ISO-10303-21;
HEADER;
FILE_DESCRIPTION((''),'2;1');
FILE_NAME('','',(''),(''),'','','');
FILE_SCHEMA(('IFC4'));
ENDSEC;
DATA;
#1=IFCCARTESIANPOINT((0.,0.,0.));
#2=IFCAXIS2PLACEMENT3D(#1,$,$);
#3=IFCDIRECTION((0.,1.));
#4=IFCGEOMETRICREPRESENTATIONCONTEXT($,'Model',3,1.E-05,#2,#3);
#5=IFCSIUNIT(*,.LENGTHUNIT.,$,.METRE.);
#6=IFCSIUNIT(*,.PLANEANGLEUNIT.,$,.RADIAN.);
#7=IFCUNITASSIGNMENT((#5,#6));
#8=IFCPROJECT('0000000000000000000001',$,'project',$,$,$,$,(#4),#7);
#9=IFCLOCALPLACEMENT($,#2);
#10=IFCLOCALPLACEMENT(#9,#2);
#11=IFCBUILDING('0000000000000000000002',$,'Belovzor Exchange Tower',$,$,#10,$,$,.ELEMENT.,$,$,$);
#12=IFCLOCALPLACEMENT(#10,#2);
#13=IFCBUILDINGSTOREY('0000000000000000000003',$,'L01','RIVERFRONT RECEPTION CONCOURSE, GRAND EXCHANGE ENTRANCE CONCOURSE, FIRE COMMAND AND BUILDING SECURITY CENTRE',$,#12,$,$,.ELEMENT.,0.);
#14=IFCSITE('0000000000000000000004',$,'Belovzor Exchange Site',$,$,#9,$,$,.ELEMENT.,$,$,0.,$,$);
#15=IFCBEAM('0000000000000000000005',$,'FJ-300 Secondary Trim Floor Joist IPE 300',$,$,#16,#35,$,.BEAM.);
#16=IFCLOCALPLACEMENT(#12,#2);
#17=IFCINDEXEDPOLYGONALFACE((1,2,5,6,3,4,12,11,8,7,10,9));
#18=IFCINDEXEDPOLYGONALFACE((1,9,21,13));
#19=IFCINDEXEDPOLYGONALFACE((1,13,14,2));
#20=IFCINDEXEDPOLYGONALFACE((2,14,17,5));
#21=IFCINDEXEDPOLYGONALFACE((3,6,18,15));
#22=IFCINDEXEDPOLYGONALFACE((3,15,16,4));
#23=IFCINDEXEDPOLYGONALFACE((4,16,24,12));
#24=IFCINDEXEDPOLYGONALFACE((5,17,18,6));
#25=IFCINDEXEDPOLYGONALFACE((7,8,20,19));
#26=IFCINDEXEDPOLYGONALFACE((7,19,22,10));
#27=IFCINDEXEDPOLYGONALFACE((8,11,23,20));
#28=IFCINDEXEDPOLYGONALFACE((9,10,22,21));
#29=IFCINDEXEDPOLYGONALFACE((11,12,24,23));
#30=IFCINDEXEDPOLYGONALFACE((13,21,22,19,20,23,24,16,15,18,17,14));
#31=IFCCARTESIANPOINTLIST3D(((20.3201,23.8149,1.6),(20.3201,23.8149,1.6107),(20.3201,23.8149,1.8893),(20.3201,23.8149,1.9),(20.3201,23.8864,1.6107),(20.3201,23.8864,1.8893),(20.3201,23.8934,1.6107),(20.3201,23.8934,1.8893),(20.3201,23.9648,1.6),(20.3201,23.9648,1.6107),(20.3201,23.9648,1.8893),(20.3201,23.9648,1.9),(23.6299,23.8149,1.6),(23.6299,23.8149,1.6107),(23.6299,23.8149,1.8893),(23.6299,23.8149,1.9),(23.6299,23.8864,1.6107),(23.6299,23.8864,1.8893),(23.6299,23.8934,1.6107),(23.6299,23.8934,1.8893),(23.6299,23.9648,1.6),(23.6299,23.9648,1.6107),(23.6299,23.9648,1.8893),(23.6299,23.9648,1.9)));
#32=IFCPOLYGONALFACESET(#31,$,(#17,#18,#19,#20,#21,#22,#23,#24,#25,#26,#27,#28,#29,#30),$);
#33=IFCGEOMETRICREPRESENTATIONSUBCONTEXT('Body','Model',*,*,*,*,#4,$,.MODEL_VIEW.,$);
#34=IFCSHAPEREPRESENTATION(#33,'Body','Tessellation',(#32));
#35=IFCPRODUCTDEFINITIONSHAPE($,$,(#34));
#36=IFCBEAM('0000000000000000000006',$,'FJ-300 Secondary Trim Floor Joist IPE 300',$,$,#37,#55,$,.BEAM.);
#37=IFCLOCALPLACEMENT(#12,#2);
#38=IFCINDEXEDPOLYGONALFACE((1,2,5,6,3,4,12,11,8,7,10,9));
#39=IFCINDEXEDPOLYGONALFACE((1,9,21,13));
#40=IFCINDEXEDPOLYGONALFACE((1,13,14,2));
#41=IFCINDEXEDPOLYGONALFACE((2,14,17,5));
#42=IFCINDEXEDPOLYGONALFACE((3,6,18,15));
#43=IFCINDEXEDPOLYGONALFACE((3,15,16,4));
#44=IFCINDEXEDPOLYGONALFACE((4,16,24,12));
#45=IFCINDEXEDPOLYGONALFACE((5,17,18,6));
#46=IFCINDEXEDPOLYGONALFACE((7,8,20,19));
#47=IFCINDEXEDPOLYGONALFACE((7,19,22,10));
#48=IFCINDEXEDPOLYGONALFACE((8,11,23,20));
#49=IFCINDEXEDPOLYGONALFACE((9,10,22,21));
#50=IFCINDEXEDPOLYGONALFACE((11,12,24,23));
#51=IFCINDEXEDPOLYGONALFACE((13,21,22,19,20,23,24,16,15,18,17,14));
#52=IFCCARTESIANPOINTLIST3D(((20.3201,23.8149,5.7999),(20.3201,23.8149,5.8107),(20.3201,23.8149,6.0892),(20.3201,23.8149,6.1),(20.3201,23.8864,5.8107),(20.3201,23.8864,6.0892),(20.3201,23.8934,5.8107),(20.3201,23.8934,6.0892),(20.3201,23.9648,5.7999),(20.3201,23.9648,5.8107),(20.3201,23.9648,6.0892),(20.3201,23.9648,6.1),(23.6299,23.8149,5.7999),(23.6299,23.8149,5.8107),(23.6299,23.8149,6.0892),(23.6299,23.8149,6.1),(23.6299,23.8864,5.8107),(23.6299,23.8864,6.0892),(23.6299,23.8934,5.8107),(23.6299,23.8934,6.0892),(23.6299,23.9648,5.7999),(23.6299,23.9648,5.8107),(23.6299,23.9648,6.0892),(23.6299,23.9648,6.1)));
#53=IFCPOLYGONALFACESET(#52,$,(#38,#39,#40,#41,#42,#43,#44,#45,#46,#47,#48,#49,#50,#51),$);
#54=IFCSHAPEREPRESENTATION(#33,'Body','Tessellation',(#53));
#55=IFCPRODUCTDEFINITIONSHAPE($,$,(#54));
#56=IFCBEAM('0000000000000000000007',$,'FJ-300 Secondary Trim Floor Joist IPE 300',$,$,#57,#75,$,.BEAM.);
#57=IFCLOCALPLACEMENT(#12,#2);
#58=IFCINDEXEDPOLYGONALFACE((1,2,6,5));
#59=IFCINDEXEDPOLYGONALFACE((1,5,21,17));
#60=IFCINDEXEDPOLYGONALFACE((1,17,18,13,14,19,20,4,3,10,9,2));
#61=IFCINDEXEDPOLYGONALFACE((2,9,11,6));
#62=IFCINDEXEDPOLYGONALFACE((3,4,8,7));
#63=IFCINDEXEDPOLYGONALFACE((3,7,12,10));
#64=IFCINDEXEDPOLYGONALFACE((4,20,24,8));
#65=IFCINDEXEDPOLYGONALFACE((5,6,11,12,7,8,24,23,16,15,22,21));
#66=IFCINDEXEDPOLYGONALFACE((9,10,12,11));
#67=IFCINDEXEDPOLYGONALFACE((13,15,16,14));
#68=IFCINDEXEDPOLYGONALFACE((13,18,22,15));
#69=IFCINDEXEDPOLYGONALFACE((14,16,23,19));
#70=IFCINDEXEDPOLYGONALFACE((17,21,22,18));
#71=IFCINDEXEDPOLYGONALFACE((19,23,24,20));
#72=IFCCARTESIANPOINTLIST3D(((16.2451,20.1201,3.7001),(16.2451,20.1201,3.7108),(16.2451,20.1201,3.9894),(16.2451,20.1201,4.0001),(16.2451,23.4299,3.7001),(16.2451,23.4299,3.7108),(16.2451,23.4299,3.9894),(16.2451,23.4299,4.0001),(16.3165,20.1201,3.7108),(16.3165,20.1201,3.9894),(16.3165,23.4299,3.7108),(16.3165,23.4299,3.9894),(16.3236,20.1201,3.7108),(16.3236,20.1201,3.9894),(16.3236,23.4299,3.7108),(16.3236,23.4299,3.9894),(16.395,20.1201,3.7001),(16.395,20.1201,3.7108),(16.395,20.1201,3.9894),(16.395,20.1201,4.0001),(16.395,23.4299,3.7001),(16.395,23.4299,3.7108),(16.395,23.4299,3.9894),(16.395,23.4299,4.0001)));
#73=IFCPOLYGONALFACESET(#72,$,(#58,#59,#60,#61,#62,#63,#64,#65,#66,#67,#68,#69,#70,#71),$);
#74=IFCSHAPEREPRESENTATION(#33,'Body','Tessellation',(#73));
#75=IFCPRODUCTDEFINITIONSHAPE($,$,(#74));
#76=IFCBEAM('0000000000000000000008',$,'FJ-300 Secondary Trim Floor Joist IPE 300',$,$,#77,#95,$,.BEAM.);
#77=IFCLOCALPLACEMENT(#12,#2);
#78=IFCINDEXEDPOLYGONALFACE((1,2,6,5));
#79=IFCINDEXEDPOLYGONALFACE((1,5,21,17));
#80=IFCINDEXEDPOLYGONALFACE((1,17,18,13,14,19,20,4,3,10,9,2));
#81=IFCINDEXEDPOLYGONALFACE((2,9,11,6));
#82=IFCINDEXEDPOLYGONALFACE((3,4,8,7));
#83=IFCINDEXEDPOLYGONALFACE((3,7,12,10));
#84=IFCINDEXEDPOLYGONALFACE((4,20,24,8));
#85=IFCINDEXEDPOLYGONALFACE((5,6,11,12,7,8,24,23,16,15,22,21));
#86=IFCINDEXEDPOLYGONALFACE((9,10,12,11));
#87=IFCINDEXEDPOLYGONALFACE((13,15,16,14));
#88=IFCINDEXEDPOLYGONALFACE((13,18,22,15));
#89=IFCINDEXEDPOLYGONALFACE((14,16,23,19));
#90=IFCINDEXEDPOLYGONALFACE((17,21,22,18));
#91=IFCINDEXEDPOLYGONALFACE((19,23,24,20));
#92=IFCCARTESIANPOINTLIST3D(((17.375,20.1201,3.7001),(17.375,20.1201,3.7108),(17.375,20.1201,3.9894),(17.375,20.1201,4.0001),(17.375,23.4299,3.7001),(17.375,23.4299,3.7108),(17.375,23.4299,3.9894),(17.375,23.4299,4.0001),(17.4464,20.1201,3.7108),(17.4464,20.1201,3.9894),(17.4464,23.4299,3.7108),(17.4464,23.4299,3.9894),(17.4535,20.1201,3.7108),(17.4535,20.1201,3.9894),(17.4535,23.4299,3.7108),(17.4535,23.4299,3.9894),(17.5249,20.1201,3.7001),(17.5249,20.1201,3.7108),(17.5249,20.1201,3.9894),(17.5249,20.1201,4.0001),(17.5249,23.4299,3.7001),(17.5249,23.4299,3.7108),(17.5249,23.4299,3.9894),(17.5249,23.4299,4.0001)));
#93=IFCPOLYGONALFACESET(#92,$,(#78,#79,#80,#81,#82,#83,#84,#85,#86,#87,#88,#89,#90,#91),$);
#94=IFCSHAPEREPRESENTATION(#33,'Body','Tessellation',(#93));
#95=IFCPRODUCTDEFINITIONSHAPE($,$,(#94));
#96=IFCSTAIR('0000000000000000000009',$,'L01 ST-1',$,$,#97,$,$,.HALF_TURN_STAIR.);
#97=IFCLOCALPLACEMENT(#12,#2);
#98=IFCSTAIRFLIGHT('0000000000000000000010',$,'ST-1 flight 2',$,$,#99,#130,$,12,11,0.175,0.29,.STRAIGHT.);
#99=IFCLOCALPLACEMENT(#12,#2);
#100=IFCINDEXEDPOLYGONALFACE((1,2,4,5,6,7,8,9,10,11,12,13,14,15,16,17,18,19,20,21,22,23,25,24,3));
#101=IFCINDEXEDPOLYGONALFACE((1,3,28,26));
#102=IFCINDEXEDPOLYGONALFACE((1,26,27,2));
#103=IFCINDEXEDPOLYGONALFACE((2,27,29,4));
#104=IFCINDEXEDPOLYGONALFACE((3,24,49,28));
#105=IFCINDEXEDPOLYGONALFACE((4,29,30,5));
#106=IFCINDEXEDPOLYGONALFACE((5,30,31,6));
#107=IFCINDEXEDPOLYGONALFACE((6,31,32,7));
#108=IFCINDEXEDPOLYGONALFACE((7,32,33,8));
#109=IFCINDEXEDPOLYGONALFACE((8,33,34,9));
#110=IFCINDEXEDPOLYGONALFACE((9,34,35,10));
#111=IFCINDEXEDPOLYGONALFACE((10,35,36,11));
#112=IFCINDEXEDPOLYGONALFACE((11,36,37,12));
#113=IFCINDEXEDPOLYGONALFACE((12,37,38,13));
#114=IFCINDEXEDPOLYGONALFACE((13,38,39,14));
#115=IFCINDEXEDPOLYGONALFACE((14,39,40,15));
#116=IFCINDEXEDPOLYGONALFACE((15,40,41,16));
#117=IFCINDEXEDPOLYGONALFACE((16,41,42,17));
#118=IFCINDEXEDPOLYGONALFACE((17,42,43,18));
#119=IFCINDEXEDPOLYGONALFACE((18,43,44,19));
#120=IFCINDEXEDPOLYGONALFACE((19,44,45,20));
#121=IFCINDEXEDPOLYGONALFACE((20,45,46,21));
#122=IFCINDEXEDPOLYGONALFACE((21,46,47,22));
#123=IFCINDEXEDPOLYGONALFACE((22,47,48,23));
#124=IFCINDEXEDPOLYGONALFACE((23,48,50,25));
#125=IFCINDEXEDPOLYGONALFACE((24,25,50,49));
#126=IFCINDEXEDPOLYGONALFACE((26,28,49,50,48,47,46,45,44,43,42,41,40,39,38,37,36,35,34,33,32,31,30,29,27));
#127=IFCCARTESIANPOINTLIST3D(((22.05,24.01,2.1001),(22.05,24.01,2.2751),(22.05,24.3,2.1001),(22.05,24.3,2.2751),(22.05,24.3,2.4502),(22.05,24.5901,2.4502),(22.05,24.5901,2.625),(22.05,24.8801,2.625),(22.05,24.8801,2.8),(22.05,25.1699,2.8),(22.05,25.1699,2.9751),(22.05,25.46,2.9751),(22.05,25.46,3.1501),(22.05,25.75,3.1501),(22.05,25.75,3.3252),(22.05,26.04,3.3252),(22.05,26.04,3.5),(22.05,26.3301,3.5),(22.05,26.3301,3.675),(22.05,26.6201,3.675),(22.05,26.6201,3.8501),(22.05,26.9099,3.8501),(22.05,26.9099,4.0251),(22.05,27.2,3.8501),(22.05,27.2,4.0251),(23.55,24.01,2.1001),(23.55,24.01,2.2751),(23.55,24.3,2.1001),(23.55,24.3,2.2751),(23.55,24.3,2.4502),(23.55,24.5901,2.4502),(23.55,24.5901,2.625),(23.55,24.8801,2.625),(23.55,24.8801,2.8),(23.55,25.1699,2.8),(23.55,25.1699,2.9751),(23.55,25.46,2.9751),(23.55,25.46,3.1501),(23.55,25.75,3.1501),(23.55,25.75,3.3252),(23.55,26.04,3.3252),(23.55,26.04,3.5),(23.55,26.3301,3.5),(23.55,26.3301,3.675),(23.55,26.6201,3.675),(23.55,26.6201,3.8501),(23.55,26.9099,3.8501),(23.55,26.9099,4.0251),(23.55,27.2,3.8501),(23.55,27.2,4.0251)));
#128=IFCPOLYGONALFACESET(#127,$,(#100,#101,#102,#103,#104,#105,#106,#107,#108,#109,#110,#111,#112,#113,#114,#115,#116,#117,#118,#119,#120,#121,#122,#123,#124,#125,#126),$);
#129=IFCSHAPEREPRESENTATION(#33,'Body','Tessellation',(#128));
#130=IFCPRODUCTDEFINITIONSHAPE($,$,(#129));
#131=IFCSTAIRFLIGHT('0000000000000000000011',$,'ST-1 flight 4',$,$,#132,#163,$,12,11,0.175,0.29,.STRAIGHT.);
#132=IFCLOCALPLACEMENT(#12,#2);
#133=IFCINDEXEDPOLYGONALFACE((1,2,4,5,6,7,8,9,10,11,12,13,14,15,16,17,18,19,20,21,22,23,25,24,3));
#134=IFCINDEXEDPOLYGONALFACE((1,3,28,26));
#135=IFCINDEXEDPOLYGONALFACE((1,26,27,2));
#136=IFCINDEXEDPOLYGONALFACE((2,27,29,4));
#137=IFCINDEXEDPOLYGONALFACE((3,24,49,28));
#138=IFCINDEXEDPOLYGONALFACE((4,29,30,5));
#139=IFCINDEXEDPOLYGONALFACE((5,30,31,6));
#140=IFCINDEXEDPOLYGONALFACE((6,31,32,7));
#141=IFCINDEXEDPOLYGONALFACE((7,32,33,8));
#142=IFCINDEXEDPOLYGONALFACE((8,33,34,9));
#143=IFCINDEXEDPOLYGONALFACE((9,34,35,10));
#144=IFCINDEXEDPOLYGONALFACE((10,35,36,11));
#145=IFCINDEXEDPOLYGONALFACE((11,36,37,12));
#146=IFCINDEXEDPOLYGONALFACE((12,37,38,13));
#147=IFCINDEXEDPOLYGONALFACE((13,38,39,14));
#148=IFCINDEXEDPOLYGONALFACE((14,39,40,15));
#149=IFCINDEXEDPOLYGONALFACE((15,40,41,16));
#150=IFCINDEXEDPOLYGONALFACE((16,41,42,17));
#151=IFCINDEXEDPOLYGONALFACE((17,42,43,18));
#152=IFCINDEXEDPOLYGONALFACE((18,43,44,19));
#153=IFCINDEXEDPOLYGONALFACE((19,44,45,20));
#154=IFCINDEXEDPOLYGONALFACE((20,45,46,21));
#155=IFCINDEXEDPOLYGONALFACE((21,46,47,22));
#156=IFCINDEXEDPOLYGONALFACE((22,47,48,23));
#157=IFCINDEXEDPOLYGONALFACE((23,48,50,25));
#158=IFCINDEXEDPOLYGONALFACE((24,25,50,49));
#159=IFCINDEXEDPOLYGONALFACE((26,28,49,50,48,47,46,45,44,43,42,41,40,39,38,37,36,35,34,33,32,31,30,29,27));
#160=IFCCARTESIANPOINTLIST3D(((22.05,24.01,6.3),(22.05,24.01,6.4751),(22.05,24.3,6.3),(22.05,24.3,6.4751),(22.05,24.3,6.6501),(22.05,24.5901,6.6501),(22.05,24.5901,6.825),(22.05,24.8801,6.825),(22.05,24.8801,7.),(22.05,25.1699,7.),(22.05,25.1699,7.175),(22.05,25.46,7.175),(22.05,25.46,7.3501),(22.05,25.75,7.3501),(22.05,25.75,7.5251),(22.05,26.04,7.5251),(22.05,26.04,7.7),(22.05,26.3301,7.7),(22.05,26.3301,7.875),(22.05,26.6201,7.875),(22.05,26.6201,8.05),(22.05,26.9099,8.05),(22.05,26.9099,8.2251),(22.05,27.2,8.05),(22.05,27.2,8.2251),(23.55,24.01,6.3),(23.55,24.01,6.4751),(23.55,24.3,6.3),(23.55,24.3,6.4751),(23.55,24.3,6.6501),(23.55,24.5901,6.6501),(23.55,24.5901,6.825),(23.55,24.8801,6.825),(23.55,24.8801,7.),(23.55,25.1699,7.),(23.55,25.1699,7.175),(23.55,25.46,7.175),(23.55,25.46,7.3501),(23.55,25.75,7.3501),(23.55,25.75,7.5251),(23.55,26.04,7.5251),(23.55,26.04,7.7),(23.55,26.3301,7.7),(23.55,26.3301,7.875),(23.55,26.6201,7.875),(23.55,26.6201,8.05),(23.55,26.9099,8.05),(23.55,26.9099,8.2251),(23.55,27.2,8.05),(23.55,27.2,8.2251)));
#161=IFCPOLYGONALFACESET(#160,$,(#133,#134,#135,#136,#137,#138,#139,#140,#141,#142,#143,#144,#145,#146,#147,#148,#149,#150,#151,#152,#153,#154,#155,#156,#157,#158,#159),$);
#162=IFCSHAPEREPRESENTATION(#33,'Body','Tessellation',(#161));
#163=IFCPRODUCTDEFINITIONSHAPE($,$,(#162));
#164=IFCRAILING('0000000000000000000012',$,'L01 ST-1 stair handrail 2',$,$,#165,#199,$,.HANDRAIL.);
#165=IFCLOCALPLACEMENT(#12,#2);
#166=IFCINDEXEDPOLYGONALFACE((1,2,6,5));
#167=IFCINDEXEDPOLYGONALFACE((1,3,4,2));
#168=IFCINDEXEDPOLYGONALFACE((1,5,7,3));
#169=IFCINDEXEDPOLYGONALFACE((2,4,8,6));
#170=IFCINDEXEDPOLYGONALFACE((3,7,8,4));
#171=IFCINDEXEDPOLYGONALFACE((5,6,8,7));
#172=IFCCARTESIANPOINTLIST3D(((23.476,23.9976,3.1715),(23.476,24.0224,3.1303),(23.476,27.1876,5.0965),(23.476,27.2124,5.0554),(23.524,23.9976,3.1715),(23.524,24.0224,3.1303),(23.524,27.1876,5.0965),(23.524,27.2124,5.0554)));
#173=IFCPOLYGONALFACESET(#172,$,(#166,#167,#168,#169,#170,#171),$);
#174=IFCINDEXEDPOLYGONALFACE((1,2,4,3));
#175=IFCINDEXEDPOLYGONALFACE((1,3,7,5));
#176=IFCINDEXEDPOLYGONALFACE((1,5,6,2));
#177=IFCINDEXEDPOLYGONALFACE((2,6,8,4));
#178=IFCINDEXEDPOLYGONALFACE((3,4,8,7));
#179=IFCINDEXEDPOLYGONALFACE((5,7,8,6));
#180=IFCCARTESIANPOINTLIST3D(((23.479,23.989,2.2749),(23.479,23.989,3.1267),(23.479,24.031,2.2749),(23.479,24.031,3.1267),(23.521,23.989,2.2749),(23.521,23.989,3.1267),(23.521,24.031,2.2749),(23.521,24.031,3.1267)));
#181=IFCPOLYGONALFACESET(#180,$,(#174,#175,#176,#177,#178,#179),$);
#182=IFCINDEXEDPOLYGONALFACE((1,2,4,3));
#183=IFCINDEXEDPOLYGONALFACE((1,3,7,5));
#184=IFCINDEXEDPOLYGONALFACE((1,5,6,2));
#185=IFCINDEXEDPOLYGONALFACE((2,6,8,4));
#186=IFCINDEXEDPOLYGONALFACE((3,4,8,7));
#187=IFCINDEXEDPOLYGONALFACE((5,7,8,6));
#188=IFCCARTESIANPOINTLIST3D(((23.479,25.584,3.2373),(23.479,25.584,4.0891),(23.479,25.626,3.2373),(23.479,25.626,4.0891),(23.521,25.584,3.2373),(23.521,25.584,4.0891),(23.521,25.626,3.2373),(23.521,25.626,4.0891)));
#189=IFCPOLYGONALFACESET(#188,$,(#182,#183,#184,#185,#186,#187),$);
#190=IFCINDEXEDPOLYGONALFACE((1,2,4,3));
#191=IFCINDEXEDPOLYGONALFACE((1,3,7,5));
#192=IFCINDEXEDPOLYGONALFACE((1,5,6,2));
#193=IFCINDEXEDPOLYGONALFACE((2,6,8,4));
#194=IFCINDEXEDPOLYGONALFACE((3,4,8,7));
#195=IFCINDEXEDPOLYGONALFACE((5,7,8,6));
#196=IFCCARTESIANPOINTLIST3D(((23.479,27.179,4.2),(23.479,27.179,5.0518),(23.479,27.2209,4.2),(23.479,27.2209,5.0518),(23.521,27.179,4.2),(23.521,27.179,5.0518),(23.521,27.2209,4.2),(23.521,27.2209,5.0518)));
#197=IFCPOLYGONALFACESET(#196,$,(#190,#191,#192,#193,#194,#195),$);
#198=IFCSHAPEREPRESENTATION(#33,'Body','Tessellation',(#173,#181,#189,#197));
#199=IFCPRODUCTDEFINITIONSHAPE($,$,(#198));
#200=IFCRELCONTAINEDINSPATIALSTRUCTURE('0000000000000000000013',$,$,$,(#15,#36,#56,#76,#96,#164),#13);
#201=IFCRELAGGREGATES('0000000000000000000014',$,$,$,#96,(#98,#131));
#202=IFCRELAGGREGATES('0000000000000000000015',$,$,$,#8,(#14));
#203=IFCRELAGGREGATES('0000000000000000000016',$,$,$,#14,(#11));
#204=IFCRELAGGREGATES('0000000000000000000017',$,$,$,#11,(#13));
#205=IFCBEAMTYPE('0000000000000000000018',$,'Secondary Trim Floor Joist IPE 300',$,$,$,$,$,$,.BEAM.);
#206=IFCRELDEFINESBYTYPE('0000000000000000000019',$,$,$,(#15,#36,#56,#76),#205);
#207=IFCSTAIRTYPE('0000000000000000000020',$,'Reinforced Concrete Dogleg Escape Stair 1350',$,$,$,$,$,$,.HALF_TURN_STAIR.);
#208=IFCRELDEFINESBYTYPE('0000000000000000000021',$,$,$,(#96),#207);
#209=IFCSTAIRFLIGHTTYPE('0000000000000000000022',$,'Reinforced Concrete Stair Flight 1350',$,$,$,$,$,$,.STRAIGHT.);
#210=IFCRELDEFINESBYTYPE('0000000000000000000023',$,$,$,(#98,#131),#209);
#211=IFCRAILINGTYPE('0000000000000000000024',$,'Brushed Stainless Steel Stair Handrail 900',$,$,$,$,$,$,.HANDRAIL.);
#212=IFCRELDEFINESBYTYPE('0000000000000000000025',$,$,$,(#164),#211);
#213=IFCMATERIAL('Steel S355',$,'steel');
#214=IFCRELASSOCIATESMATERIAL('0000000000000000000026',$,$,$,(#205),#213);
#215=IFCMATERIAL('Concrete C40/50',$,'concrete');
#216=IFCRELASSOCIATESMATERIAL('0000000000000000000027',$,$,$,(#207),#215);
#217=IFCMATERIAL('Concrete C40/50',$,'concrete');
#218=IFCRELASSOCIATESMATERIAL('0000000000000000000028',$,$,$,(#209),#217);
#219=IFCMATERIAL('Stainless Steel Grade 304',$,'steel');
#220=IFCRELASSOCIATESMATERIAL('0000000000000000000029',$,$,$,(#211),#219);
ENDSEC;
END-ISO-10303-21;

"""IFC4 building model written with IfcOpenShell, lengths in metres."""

from ifc_helpers import new_model, si_unit, direction, frame, origin, origin_2d, place, context, subcontext, project, spatial, polyline, rectangle, i_section, outline, extrude, material, material_profile, profile_set, type_object, element, aggregate, save


model = new_model("IFC4")

# Units and contexts
model_context = context("Model", 3, precision=1e-05, world=origin(), true_north=direction((0.0, 1.0)))
body_context = subcontext(model_context, "Body", "Model", "MODEL_VIEW")
ifc_project = project(units=[si_unit("LENGTHUNIT", "METRE"), si_unit("PLANEANGLEUNIT", "RADIAN")], contexts=[model_context])

# Site, building, storey
site_placement = place(None, origin())
site = spatial("IfcSite", under=ifc_project, at=site_placement, Name="Belovzor Exchange Site", CompositionType="ELEMENT", RefElevation=0.0)
building_placement = place(site_placement, origin())
building = spatial("IfcBuilding", under=site, at=building_placement, Name="Belovzor Exchange Tower", CompositionType="ELEMENT")
storey_placement = place(building_placement, origin())
storey = spatial("IfcBuildingStorey", under=building, at=storey_placement, Name="L01", Description="RIVERFRONT RECEPTION CONCOURSE, GRAND EXCHANGE ENTRANCE CONCOURSE, FIRE COMMAND AND BUILDING SECURITY CENTRE", CompositionType="ELEMENT", Elevation=0.0)

# Beams
ifc_material_1 = material(Name="Steel S355", Category="steel")
ifc_material_profile = material_profile(ifc_material_1, i_section(OverallWidth=0.1499, OverallDepth=0.3, WebThickness=0.0071, FlangeThickness=0.0107, at=origin_2d()))
ifc_profile_set = profile_set([ifc_material_profile], Name="Steel S355")
beam_type = type_object("IfcBeamType", Name="Secondary Trim Floor Joist IPE 300", PredefinedType="BEAM", material=ifc_profile_set)
for number, where, z_axis, x_axis, name in (
    (1, (20.3201, 23.8899, 1.75), (1.0, 0.0, 0.0), (0.0, 1.0, 0.0), "FJ-300 Secondary Trim Floor Joist IPE 300"),
    (2, (20.3201, 23.8899, 5.95), (1.0, 0.0, 0.0), (0.0, 1.0, 0.0), "FJ-300 Secondary Trim Floor Joist IPE 300"),
    (3, (16.3201, 23.4299, 3.8501), (0.0, -1.0, 0.0), (1.0, 0.0, 0.0), "FJ-300 Secondary Trim Floor Joist IPE 300"),
    (4, (17.45, 23.4299, 3.8501), (0.0, -1.0, 0.0), (1.0, 0.0, 0.0), "FJ-300 Secondary Trim Floor Joist IPE 300"),
):
    element("IfcBeam", number, at=place(storey_placement, frame(where, z_axis=z_axis, x_axis=x_axis)), inside=storey, type_object=beam_type, Name=name, PredefinedType="BEAM", context=body_context, shape_type="SweptSolid", body=[
        extrude(i_section(OverallWidth=0.1499, OverallDepth=0.3, WebThickness=0.0071, FlangeThickness=0.0107, at=origin_2d()), origin(), (0.0, 0.0, 1.0), 3.3098),
    ])

# Stair, stair flights
ifc_material_2 = material(Name="Concrete C40/50", Category="concrete")
stair_type = type_object("IfcStairType", Name="Reinforced Concrete Dogleg Escape Stair 1350", PredefinedType="HALF_TURN_STAIR", material=ifc_material_2)
stair_placement = place(storey_placement, origin())
stair = element("IfcStair", 5, at=stair_placement, inside=storey, type_object=stair_type, Name="L01 ST-1", PredefinedType="HALF_TURN_STAIR")
ifc_material_3 = material(Name="Concrete C40/50", Category="concrete")
stair_flight_type = type_object("IfcStairFlightType", Name="Reinforced Concrete Stair Flight 1350", PredefinedType="STRAIGHT", material=ifc_material_3)
stair_flight_1_placement = place(storey_placement, frame((22.8, 24.01, 2.1001), z_axis=(0.0, 0.0, 1.0), x_axis=(0.0, 1.0, 0.0)))
stair_flight_1 = element("IfcStairFlight", 6, at=stair_flight_1_placement, type_object=stair_flight_type, Name="ST-1 flight 2", NumberOfRisers=12, NumberOfTreads=11, PredefinedType="STRAIGHT", RiserHeight=0.175, TreadLength=0.29, context=body_context, shape_type="SweptSolid", body=[
    extrude(outline(polyline([(0.0, 0.0), (0.0, 0.175), (0.29, 0.175), (0.29, 0.3501), (0.5801, 0.3501), (0.5801, 0.5249), (0.8701, 0.5249), (0.8701, 0.7), (1.1599, 0.7), (1.1599, 0.875), (1.45, 0.875), (1.45, 1.05), (1.74, 1.05), (1.74, 1.2251), (2.03, 1.2251), (2.03, 1.3999), (2.3201, 1.3999), (2.3201, 1.575), (2.6101, 1.575), (2.6101, 1.75), (2.8999, 1.75), (2.8999, 1.925), (3.1899, 1.925), (3.1899, 2.1001), (3.1899, 1.75), (0.29, 0.0), (0.0, 0.0)])), frame((0.0, 0.75, 0.0), z_axis=(0.0, -1.0, 0.0), x_axis=(1.0, 0.0, 0.0)), (0.0, 0.0, 1.0), 1.5),
])
stair_flight_2_placement = place(storey_placement, frame((22.8, 24.01, 6.3), z_axis=(0.0, 0.0, 1.0), x_axis=(0.0, 1.0, 0.0)))
stair_flight_2 = element("IfcStairFlight", 7, at=stair_flight_2_placement, type_object=stair_flight_type, Name="ST-1 flight 4", NumberOfRisers=12, NumberOfTreads=11, PredefinedType="STRAIGHT", RiserHeight=0.175, TreadLength=0.29, context=body_context, shape_type="SweptSolid", body=[
    extrude(outline(polyline([(0.0, 0.0), (0.0, 0.175), (0.29, 0.175), (0.29, 0.3501), (0.5801, 0.3501), (0.5801, 0.5249), (0.8701, 0.5249), (0.8701, 0.7), (1.1599, 0.7), (1.1599, 0.875), (1.45, 0.875), (1.45, 1.05), (1.74, 1.05), (1.74, 1.2251), (2.03, 1.2251), (2.03, 1.3999), (2.3201, 1.3999), (2.3201, 1.575), (2.6101, 1.575), (2.6101, 1.75), (2.8999, 1.75), (2.8999, 1.925), (3.1899, 1.925), (3.1899, 2.1001), (3.1899, 1.75), (0.29, 0.0), (0.0, 0.0)])), frame((0.0, 0.75, 0.0), z_axis=(0.0, -1.0, 0.0), x_axis=(1.0, 0.0, 0.0)), (0.0, 0.0, 1.0), 1.5),
])
aggregate(stair, [stair_flight_1, stair_flight_2])

# Railing
ifc_material_4 = material(Name="Stainless Steel Grade 304", Category="steel")
railing_type_1 = type_object("IfcRailingType", Name="Brushed Stainless Steel Stair Handrail 900", PredefinedType="HANDRAIL", material=ifc_material_4)
railing_1_placement = place(storey_placement, frame((23.5, 24.01, 2.2749)))
element("IfcRailing", 8, at=railing_1_placement, inside=storey, type_object=railing_type_1, Name="L01 ST-1 stair handrail 2", PredefinedType="HANDRAIL", context=body_context, shape_type="SweptSolid", body=[
    extrude(rectangle(XDim=0.0481, YDim=0.0481, at=origin_2d()), frame((0.0, 0.0, 0.876), z_axis=(0.0, 0.856178, 0.516682), x_axis=(-1.0, 0.0, 0.0)), (0.0, 0.0, 1.0), 3.7258),
    extrude(rectangle(XDim=0.042, YDim=0.042, at=origin_2d()), origin(), (0.0, 0.0, 1.0), 0.8518),
    extrude(rectangle(XDim=0.042, YDim=0.042, at=origin_2d()), frame((0.0, 1.595, 0.9624)), (0.0, 0.0, 1.0), 0.8518),
    extrude(rectangle(XDim=0.042, YDim=0.042, at=origin_2d()), frame((0.0, 3.1899, 1.925)), (0.0, 0.0, 1.0), 0.8518),
])

save(model, "model.ifc")
